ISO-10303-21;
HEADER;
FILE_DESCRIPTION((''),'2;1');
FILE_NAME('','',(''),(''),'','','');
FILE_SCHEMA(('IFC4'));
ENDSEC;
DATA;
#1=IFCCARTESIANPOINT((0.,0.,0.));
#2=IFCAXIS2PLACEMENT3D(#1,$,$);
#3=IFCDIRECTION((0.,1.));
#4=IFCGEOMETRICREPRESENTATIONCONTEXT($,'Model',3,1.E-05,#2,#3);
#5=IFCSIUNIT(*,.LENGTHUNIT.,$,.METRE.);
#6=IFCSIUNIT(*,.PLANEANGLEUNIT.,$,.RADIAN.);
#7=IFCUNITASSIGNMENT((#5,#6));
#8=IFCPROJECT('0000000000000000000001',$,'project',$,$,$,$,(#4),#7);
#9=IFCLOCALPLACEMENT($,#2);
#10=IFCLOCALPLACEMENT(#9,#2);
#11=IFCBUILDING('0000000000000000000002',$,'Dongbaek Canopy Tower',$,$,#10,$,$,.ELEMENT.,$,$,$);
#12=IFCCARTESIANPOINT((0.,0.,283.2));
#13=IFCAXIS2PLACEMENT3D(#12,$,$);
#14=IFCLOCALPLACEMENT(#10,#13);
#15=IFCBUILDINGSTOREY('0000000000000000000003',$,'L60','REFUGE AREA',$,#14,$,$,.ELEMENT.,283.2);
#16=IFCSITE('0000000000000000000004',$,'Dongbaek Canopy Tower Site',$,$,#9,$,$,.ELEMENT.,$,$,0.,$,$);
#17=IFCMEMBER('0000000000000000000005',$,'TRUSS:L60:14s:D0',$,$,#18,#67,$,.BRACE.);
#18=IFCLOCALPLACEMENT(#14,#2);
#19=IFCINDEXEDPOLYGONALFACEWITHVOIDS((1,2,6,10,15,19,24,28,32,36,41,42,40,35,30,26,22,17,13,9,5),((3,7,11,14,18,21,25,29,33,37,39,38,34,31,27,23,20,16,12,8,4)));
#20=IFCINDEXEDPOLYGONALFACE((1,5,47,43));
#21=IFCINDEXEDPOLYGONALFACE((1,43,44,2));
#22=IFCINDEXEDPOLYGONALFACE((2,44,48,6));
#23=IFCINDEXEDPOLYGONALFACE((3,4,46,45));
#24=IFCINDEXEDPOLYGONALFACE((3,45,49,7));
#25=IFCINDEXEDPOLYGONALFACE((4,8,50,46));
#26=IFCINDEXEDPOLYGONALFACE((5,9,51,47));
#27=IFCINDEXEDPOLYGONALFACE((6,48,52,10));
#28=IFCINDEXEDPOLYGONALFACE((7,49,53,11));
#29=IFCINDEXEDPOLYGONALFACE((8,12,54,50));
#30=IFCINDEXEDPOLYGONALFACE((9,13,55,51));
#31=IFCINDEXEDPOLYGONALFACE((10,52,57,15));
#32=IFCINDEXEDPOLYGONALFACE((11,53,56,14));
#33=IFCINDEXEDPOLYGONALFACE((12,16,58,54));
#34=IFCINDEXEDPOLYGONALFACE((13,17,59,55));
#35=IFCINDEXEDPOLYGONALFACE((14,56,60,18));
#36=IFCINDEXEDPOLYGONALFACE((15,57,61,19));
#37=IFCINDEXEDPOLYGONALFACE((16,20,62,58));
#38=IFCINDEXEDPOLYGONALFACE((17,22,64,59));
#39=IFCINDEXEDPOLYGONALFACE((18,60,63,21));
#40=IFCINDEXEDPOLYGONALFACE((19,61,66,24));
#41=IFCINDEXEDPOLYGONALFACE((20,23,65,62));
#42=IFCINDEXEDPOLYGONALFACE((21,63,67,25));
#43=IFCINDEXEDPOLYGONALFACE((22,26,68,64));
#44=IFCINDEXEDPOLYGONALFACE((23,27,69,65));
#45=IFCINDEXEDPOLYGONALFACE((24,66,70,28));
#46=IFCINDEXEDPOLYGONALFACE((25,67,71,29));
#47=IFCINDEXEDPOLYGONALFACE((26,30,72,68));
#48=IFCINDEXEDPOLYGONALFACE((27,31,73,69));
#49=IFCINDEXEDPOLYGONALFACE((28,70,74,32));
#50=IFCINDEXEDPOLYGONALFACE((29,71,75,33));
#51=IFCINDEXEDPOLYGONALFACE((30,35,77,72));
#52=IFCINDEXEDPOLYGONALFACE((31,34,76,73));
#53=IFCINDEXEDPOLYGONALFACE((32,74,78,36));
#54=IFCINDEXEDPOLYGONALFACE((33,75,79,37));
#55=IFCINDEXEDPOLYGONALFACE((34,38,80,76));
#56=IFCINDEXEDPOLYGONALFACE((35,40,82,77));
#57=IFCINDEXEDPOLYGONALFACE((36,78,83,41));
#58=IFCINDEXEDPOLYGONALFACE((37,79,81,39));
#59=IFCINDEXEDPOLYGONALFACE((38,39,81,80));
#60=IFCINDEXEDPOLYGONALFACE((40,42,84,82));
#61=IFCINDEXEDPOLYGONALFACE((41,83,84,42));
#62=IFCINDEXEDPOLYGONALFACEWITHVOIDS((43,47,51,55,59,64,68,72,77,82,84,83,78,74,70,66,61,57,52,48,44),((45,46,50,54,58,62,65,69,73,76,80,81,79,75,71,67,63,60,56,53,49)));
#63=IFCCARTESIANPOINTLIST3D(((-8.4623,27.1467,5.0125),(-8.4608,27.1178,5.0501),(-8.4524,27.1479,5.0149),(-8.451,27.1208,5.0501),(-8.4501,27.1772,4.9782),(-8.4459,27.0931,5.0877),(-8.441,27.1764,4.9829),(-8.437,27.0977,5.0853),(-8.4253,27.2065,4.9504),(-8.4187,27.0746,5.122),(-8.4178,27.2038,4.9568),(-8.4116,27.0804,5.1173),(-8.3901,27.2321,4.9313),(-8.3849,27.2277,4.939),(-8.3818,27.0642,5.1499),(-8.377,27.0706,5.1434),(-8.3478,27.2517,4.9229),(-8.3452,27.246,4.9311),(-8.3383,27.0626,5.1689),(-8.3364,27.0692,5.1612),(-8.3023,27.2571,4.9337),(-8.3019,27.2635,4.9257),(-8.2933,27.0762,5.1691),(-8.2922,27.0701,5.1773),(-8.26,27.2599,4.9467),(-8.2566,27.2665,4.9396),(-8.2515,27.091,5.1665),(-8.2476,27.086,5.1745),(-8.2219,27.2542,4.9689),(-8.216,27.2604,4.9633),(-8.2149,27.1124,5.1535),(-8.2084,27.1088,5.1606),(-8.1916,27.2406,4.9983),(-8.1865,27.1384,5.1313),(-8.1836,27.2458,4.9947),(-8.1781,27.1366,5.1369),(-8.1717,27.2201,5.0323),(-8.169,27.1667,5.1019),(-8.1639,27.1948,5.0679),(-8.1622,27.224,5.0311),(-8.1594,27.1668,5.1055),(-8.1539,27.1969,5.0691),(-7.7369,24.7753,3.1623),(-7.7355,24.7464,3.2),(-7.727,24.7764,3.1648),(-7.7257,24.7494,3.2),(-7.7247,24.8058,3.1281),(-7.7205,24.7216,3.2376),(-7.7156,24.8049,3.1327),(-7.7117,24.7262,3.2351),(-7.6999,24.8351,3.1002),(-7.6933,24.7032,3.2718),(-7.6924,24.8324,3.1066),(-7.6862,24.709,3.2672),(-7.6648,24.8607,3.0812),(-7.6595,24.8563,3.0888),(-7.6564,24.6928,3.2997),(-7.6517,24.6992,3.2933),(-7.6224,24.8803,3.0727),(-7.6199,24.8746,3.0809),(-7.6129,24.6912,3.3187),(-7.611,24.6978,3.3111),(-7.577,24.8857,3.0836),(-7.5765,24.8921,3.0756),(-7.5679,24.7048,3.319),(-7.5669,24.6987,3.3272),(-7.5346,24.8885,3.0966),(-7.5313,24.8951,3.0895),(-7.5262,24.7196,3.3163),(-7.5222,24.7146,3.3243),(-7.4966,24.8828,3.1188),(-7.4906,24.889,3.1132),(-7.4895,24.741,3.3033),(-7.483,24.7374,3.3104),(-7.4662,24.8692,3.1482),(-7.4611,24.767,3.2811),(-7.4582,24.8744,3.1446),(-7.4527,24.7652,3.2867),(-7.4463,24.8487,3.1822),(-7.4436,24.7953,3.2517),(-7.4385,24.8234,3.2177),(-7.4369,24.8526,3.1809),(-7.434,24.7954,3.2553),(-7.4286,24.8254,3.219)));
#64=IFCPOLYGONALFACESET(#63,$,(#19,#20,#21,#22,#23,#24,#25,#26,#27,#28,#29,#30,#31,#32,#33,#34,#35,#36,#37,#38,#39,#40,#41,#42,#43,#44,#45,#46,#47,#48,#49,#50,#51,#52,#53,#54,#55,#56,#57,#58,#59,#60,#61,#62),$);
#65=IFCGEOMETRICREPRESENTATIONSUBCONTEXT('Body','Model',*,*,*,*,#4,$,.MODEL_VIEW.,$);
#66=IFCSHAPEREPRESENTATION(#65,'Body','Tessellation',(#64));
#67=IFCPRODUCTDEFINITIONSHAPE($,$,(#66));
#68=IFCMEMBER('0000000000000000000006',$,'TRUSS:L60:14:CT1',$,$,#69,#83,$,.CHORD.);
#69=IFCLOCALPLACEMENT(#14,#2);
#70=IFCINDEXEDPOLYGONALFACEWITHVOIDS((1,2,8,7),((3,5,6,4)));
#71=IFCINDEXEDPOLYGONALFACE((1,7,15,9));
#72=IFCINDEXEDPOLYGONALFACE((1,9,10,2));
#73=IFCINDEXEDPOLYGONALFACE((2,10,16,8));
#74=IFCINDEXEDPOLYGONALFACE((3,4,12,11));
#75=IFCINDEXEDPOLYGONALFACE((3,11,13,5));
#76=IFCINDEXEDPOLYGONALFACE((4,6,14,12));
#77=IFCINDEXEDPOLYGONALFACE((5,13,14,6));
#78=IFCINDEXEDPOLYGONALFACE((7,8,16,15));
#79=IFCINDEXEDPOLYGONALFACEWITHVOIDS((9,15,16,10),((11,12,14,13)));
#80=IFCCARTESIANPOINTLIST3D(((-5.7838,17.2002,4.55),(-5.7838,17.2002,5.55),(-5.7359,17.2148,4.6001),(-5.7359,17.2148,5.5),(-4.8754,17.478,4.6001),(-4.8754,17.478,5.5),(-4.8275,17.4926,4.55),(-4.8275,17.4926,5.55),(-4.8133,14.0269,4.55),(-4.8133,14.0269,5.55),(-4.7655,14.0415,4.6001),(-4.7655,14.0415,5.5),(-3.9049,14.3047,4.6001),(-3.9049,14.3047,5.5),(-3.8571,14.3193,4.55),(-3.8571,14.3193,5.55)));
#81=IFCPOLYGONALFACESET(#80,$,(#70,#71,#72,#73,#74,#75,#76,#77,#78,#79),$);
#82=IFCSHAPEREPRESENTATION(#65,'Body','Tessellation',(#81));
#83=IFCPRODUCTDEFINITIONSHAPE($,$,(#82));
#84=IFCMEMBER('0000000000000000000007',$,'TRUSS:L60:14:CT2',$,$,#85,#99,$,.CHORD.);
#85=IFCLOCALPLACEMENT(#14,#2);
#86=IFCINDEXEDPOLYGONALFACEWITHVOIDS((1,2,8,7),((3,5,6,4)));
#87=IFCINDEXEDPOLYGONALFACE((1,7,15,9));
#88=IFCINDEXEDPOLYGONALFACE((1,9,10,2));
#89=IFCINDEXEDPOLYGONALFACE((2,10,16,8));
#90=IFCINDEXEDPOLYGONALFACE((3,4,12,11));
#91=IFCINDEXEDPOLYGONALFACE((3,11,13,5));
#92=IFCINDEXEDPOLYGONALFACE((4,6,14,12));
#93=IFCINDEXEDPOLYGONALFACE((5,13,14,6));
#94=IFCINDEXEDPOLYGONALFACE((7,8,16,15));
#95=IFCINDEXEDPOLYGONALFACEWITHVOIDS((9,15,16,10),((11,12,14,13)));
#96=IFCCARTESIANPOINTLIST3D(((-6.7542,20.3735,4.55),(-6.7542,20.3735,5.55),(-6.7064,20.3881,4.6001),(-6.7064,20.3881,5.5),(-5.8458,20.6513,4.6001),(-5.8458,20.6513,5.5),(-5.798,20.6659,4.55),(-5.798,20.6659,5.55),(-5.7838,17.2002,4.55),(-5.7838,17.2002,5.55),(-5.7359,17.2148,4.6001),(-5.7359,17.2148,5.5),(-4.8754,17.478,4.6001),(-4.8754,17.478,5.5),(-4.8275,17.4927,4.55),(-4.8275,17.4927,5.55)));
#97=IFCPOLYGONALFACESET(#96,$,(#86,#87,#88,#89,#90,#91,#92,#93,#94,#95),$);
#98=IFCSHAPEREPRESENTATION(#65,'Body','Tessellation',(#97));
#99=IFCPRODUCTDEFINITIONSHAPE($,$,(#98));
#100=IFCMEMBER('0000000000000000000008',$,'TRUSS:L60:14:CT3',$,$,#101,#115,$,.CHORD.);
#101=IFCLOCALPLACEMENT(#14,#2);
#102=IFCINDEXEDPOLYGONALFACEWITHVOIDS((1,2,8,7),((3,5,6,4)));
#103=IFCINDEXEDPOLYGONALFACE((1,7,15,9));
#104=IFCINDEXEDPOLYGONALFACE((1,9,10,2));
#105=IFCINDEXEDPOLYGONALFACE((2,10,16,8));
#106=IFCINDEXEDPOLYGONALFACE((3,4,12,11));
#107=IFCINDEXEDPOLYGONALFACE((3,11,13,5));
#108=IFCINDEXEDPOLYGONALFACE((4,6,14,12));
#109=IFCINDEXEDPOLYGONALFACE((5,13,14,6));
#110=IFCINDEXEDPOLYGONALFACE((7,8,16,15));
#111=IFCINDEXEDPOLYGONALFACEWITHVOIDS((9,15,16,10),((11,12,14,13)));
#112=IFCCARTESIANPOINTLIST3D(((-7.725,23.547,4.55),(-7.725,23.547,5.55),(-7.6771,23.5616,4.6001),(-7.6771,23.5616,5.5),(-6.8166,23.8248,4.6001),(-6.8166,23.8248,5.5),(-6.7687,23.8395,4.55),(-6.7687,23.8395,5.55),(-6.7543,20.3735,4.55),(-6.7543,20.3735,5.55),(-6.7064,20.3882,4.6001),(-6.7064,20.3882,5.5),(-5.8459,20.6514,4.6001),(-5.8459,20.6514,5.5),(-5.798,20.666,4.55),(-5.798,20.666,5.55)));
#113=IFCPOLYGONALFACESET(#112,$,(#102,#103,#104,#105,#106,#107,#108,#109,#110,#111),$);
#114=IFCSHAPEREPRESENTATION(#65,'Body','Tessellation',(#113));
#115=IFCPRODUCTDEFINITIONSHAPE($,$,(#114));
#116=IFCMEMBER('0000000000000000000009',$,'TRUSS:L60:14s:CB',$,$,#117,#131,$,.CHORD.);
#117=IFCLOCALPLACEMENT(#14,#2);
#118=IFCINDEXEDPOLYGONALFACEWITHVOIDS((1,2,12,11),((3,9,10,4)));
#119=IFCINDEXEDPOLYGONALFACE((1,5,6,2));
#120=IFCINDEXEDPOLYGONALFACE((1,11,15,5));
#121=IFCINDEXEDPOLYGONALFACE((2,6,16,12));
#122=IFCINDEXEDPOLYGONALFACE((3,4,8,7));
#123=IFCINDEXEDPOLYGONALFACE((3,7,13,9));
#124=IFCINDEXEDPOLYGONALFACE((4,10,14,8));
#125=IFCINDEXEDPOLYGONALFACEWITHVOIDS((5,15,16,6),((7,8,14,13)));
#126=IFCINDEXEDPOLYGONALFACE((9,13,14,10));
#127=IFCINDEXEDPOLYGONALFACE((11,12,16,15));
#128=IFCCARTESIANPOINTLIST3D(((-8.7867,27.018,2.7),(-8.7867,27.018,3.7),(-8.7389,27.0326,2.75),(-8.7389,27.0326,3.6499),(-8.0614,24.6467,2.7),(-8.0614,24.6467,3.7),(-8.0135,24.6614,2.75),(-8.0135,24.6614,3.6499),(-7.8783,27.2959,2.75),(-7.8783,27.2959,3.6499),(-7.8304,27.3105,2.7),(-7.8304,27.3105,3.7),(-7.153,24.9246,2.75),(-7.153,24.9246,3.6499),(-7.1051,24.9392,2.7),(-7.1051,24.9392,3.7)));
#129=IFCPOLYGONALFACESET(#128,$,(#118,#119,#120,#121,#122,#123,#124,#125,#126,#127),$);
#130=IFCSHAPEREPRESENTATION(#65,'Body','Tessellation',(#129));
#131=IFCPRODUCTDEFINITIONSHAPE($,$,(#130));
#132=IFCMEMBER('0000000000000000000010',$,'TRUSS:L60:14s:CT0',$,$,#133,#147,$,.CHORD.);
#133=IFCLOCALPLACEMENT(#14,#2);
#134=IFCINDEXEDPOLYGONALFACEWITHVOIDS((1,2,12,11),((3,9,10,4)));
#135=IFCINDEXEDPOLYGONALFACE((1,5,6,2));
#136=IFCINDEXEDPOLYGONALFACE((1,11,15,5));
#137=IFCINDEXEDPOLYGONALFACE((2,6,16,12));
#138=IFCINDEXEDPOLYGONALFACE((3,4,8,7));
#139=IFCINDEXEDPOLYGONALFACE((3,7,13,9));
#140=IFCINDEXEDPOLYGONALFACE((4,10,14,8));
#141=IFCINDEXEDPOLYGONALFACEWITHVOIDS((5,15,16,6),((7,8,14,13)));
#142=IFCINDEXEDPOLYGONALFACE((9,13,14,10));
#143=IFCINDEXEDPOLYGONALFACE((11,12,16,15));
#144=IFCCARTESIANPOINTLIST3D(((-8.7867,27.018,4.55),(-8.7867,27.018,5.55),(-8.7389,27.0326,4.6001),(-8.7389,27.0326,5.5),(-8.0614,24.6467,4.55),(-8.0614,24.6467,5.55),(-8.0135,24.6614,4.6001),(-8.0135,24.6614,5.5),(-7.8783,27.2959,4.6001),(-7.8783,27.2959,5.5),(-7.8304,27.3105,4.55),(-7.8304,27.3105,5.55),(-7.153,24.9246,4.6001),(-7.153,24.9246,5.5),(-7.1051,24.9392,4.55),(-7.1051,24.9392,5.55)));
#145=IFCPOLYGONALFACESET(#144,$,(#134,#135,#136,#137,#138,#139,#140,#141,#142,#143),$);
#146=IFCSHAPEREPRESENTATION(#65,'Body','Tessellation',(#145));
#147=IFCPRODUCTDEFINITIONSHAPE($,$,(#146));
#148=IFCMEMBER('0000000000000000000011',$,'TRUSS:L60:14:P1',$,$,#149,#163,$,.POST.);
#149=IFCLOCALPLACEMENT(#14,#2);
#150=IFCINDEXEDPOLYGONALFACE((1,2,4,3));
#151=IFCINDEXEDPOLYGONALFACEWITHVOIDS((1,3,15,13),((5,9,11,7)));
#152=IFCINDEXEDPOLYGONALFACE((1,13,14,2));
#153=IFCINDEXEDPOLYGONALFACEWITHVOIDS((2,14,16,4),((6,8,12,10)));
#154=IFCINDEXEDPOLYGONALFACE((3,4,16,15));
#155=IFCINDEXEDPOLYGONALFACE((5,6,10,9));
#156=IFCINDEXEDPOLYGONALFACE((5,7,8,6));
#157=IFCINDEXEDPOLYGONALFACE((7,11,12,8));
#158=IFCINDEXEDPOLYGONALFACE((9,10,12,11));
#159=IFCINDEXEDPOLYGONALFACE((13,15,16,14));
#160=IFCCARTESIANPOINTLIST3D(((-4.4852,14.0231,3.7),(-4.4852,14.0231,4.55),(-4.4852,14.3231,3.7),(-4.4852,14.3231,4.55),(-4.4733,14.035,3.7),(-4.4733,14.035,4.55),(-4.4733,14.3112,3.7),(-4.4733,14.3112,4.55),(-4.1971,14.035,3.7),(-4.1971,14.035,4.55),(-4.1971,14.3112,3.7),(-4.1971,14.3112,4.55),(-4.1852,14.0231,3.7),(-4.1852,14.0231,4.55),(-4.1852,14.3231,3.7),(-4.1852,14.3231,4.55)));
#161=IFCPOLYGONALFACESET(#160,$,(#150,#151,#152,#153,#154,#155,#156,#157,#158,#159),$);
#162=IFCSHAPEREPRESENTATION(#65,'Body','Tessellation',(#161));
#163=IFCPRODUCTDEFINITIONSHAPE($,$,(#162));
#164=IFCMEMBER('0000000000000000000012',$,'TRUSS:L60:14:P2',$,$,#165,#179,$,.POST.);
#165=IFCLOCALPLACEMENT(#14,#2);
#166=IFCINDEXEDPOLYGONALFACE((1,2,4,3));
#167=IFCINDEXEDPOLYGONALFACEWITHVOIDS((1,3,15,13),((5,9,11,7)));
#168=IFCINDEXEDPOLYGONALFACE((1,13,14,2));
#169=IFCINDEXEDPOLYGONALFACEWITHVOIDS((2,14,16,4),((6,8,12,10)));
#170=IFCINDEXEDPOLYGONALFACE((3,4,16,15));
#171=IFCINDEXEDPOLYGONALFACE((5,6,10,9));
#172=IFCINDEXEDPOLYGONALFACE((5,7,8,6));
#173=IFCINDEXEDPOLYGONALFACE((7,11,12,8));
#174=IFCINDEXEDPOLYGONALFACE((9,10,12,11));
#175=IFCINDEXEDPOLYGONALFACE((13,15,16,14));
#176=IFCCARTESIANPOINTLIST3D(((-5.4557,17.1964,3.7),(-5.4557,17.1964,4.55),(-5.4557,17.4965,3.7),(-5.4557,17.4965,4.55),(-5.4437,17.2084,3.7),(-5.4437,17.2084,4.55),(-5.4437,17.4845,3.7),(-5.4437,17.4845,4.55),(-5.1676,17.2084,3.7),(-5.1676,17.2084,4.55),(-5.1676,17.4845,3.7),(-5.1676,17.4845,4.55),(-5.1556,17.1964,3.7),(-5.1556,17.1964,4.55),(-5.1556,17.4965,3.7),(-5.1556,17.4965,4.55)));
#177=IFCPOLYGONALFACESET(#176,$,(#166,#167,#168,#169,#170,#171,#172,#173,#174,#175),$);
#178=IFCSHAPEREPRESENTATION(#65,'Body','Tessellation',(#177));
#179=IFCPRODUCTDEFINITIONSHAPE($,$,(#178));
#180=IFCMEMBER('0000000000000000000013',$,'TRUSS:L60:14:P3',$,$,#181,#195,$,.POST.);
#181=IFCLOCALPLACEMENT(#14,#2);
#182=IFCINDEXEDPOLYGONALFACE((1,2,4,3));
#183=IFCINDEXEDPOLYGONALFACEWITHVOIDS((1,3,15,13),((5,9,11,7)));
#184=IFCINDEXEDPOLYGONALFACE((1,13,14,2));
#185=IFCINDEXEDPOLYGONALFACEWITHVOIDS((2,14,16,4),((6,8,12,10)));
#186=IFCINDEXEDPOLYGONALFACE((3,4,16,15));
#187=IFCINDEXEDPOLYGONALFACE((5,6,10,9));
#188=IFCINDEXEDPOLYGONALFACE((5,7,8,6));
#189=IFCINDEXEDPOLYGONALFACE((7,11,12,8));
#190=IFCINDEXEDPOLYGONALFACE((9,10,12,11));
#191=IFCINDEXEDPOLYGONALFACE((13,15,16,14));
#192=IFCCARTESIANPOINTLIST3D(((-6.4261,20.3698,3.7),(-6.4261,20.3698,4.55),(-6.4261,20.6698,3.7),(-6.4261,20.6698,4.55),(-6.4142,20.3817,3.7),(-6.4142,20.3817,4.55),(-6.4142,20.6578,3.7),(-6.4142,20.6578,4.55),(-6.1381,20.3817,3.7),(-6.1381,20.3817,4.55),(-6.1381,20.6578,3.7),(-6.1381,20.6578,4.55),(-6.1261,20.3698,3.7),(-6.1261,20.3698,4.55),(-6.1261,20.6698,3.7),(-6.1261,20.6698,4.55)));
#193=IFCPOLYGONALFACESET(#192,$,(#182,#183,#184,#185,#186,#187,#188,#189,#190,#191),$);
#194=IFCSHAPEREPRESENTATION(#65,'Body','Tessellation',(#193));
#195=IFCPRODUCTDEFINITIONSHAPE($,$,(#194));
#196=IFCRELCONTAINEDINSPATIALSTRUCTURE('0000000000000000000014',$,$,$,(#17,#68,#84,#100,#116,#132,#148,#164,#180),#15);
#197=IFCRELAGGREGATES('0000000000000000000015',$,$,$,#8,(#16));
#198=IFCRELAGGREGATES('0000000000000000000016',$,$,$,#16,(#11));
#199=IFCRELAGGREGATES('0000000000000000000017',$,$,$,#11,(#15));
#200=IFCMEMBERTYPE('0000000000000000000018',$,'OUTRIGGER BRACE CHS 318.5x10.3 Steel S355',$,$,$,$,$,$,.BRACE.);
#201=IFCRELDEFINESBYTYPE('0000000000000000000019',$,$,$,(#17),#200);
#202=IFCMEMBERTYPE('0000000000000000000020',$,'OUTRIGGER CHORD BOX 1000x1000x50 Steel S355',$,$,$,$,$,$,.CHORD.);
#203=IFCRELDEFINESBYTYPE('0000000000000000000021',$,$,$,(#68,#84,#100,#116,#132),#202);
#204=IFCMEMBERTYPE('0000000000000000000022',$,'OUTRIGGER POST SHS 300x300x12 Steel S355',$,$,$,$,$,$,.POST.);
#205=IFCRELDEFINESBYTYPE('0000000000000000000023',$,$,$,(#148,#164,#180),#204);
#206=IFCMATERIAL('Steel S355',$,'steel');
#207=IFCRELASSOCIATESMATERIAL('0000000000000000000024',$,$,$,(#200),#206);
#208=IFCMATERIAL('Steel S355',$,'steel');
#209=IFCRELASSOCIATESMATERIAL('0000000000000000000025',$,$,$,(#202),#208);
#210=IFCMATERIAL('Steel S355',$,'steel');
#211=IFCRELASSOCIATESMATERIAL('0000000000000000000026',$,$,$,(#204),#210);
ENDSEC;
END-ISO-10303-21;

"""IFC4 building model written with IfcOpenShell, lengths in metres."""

from ifc_helpers import new_model, si_unit, direction, frame, origin, origin_2d, place, context, subcontext, project, spatial, hollow_rectangle, hollow_circle, extrude, material, material_profile, profile_set, type_object, element, save


model = new_model("IFC4")

# Units and contexts
model_context = context("Model", 3, precision=1e-05, world=origin(), true_north=direction((0.0, 1.0)))
body_context = subcontext(model_context, "Body", "Model", "MODEL_VIEW")
ifc_project = project(units=[si_unit("LENGTHUNIT", "METRE"), si_unit("PLANEANGLEUNIT", "RADIAN")], contexts=[model_context])

# Site, building, storey
site_placement = place(None, origin())
site = spatial("IfcSite", under=ifc_project, at=site_placement, Name="Dongbaek Canopy Tower Site", CompositionType="ELEMENT", RefElevation=0.0)
building_placement = place(site_placement, origin())
building = spatial("IfcBuilding", under=site, at=building_placement, Name="Dongbaek Canopy Tower", CompositionType="ELEMENT")
storey_placement = place(building_placement, frame((0.0, 0.0, 283.2)))
storey = spatial("IfcBuildingStorey", under=building, at=storey_placement, Name="L60", Description="REFUGE AREA", CompositionType="ELEMENT", Elevation=283.2)

# Members
ifc_material_1 = material(Name="Steel S355", Category="steel")
ifc_material_profile_1 = material_profile(ifc_material_1, hollow_circle(Radius=0.1592, WallThickness=0.0103, at=origin_2d()), Name="OUTRIGGER BRACE CHS 318.5x10.3 Steel S355")
ifc_profile_set_1 = profile_set([ifc_material_profile_1], Name="Steel S355")
member_type_1 = type_object("IfcMemberType", Name="OUTRIGGER BRACE CHS 318.5x10.3 Steel S355", PredefinedType="BRACE", material=ifc_profile_set_1)
member_1_placement = place(storey_placement, frame((-7.5833, 24.793, 3.2), z_axis=(-0.234442, 0.766456, 0.597982), x_axis=(-0.956265, -0.292501, 0.0)))
element("IfcMember", 1, at=member_1_placement, inside=storey, type_object=member_type_1, Name="TRUSS:L60:14s:D0", PredefinedType="BRACE", context=body_context, shape_type="SweptSolid", body=[
    extrude(hollow_circle(Radius=0.1592, WallThickness=0.0103, at=origin_2d()), origin(), (0.0, 0.0, 1.0), 3.094),
])
ifc_material_2 = material(Name="Steel S355", Category="steel")
ifc_material_profile_2 = material_profile(ifc_material_2, hollow_rectangle(XDim=1.0, YDim=1.0, WallThickness=0.05, at=origin_2d()), Name="OUTRIGGER CHORD BOX 1000x1000x50 Steel S355")
ifc_profile_set_2 = profile_set([ifc_material_profile_2], Name="Steel S355")
member_type_2 = type_object("IfcMemberType", Name="OUTRIGGER CHORD BOX 1000x1000x50 Steel S355", PredefinedType="CHORD", material=ifc_profile_set_2)
for number, where, z_axis, x_axis, name in (
    (2, (-4.3352, 14.1731, 5.05), (-0.292447, 0.956282, 0.0), (-0.956282, -0.292447, 0.0), "TRUSS:L60:14:CT1"),
    (3, (-5.3057, 17.3464, 5.05), (-0.292447, 0.956282, 0.0), (-0.956282, -0.292447, 0.0), "TRUSS:L60:14:CT2"),
):
    element("IfcMember", number, at=place(storey_placement, frame(where, z_axis=z_axis, x_axis=x_axis)), inside=storey, type_object=member_type_2, Name=name, PredefinedType="CHORD", context=body_context, shape_type="SweptSolid", body=[
        extrude(hollow_rectangle(XDim=1.0, YDim=1.0, WallThickness=0.05, at=origin_2d()), origin(), (0.0, 0.0, 1.0), 3.3184),
    ])
member_2_placement = place(storey_placement, frame((-6.2761, 20.5198, 5.05), z_axis=(-0.292514, 0.956261, 0.0), x_axis=(-0.956261, -0.292514, 0.0)))
element("IfcMember", 4, at=member_2_placement, inside=storey, type_object=member_type_2, Name="TRUSS:L60:14:CT3", PredefinedType="CHORD", context=body_context, shape_type="SweptSolid", body=[
    extrude(hollow_rectangle(XDim=1.0, YDim=1.0, WallThickness=0.05, at=origin_2d()), origin(), (0.0, 0.0, 1.0), 3.3186),
])
for number, where, z_axis, x_axis, name in (
    (5, (-7.5833, 24.793, 3.2), (-0.292501, 0.956265, 0.0), (-0.956265, -0.292501, 0.0), "TRUSS:L60:14s:CB"),
    (6, (-7.5833, 24.793, 5.05), (-0.292501, 0.956265, 0.0), (-0.956265, -0.292501, 0.0), "TRUSS:L60:14s:CT0"),
):
    element("IfcMember", number, at=place(storey_placement, frame(where, z_axis=z_axis, x_axis=x_axis)), inside=storey, type_object=member_type_2, Name=name, PredefinedType="CHORD", context=body_context, shape_type="SweptSolid", body=[
        extrude(hollow_rectangle(XDim=1.0, YDim=1.0, WallThickness=0.05, at=origin_2d()), origin(), (0.0, 0.0, 1.0), 2.4797),
    ])
ifc_material_3 = material(Name="Steel S355", Category="steel")
ifc_material_profile_3 = material_profile(ifc_material_3, hollow_rectangle(XDim=0.3, YDim=0.3, WallThickness=0.012, at=origin_2d()), Name="OUTRIGGER POST SHS 300x300x12 Steel S355")
ifc_profile_set_3 = profile_set([ifc_material_profile_3], Name="Steel S355")
member_type_3 = type_object("IfcMemberType", Name="OUTRIGGER POST SHS 300x300x12 Steel S355", PredefinedType="POST", material=ifc_profile_set_3)
for number, where, z_axis, x_axis, name in (
    (7, (-4.3352, 14.1731, 3.7), (0.0, 0.0, 1.0), (1.0, 0.0, 0.0), "TRUSS:L60:14:P1"),
    (8, (-5.3057, 17.3464, 3.7), (0.0, 0.0, 1.0), (1.0, 0.0, 0.0), "TRUSS:L60:14:P2"),
    (9, (-6.2761, 20.5198, 3.7), (0.0, 0.0, 1.0), (1.0, 0.0, 0.0), "TRUSS:L60:14:P3"),
):
    element("IfcMember", number, at=place(storey_placement, frame(where, z_axis=z_axis, x_axis=x_axis)), inside=storey, type_object=member_type_3, Name=name, PredefinedType="POST", context=body_context, shape_type="SweptSolid", body=[
        extrude(hollow_rectangle(XDim=0.3, YDim=0.3, WallThickness=0.012, at=origin_2d()), origin(), (0.0, 0.0, 1.0), 0.8501),
    ])

save(model, "model.ifc")
